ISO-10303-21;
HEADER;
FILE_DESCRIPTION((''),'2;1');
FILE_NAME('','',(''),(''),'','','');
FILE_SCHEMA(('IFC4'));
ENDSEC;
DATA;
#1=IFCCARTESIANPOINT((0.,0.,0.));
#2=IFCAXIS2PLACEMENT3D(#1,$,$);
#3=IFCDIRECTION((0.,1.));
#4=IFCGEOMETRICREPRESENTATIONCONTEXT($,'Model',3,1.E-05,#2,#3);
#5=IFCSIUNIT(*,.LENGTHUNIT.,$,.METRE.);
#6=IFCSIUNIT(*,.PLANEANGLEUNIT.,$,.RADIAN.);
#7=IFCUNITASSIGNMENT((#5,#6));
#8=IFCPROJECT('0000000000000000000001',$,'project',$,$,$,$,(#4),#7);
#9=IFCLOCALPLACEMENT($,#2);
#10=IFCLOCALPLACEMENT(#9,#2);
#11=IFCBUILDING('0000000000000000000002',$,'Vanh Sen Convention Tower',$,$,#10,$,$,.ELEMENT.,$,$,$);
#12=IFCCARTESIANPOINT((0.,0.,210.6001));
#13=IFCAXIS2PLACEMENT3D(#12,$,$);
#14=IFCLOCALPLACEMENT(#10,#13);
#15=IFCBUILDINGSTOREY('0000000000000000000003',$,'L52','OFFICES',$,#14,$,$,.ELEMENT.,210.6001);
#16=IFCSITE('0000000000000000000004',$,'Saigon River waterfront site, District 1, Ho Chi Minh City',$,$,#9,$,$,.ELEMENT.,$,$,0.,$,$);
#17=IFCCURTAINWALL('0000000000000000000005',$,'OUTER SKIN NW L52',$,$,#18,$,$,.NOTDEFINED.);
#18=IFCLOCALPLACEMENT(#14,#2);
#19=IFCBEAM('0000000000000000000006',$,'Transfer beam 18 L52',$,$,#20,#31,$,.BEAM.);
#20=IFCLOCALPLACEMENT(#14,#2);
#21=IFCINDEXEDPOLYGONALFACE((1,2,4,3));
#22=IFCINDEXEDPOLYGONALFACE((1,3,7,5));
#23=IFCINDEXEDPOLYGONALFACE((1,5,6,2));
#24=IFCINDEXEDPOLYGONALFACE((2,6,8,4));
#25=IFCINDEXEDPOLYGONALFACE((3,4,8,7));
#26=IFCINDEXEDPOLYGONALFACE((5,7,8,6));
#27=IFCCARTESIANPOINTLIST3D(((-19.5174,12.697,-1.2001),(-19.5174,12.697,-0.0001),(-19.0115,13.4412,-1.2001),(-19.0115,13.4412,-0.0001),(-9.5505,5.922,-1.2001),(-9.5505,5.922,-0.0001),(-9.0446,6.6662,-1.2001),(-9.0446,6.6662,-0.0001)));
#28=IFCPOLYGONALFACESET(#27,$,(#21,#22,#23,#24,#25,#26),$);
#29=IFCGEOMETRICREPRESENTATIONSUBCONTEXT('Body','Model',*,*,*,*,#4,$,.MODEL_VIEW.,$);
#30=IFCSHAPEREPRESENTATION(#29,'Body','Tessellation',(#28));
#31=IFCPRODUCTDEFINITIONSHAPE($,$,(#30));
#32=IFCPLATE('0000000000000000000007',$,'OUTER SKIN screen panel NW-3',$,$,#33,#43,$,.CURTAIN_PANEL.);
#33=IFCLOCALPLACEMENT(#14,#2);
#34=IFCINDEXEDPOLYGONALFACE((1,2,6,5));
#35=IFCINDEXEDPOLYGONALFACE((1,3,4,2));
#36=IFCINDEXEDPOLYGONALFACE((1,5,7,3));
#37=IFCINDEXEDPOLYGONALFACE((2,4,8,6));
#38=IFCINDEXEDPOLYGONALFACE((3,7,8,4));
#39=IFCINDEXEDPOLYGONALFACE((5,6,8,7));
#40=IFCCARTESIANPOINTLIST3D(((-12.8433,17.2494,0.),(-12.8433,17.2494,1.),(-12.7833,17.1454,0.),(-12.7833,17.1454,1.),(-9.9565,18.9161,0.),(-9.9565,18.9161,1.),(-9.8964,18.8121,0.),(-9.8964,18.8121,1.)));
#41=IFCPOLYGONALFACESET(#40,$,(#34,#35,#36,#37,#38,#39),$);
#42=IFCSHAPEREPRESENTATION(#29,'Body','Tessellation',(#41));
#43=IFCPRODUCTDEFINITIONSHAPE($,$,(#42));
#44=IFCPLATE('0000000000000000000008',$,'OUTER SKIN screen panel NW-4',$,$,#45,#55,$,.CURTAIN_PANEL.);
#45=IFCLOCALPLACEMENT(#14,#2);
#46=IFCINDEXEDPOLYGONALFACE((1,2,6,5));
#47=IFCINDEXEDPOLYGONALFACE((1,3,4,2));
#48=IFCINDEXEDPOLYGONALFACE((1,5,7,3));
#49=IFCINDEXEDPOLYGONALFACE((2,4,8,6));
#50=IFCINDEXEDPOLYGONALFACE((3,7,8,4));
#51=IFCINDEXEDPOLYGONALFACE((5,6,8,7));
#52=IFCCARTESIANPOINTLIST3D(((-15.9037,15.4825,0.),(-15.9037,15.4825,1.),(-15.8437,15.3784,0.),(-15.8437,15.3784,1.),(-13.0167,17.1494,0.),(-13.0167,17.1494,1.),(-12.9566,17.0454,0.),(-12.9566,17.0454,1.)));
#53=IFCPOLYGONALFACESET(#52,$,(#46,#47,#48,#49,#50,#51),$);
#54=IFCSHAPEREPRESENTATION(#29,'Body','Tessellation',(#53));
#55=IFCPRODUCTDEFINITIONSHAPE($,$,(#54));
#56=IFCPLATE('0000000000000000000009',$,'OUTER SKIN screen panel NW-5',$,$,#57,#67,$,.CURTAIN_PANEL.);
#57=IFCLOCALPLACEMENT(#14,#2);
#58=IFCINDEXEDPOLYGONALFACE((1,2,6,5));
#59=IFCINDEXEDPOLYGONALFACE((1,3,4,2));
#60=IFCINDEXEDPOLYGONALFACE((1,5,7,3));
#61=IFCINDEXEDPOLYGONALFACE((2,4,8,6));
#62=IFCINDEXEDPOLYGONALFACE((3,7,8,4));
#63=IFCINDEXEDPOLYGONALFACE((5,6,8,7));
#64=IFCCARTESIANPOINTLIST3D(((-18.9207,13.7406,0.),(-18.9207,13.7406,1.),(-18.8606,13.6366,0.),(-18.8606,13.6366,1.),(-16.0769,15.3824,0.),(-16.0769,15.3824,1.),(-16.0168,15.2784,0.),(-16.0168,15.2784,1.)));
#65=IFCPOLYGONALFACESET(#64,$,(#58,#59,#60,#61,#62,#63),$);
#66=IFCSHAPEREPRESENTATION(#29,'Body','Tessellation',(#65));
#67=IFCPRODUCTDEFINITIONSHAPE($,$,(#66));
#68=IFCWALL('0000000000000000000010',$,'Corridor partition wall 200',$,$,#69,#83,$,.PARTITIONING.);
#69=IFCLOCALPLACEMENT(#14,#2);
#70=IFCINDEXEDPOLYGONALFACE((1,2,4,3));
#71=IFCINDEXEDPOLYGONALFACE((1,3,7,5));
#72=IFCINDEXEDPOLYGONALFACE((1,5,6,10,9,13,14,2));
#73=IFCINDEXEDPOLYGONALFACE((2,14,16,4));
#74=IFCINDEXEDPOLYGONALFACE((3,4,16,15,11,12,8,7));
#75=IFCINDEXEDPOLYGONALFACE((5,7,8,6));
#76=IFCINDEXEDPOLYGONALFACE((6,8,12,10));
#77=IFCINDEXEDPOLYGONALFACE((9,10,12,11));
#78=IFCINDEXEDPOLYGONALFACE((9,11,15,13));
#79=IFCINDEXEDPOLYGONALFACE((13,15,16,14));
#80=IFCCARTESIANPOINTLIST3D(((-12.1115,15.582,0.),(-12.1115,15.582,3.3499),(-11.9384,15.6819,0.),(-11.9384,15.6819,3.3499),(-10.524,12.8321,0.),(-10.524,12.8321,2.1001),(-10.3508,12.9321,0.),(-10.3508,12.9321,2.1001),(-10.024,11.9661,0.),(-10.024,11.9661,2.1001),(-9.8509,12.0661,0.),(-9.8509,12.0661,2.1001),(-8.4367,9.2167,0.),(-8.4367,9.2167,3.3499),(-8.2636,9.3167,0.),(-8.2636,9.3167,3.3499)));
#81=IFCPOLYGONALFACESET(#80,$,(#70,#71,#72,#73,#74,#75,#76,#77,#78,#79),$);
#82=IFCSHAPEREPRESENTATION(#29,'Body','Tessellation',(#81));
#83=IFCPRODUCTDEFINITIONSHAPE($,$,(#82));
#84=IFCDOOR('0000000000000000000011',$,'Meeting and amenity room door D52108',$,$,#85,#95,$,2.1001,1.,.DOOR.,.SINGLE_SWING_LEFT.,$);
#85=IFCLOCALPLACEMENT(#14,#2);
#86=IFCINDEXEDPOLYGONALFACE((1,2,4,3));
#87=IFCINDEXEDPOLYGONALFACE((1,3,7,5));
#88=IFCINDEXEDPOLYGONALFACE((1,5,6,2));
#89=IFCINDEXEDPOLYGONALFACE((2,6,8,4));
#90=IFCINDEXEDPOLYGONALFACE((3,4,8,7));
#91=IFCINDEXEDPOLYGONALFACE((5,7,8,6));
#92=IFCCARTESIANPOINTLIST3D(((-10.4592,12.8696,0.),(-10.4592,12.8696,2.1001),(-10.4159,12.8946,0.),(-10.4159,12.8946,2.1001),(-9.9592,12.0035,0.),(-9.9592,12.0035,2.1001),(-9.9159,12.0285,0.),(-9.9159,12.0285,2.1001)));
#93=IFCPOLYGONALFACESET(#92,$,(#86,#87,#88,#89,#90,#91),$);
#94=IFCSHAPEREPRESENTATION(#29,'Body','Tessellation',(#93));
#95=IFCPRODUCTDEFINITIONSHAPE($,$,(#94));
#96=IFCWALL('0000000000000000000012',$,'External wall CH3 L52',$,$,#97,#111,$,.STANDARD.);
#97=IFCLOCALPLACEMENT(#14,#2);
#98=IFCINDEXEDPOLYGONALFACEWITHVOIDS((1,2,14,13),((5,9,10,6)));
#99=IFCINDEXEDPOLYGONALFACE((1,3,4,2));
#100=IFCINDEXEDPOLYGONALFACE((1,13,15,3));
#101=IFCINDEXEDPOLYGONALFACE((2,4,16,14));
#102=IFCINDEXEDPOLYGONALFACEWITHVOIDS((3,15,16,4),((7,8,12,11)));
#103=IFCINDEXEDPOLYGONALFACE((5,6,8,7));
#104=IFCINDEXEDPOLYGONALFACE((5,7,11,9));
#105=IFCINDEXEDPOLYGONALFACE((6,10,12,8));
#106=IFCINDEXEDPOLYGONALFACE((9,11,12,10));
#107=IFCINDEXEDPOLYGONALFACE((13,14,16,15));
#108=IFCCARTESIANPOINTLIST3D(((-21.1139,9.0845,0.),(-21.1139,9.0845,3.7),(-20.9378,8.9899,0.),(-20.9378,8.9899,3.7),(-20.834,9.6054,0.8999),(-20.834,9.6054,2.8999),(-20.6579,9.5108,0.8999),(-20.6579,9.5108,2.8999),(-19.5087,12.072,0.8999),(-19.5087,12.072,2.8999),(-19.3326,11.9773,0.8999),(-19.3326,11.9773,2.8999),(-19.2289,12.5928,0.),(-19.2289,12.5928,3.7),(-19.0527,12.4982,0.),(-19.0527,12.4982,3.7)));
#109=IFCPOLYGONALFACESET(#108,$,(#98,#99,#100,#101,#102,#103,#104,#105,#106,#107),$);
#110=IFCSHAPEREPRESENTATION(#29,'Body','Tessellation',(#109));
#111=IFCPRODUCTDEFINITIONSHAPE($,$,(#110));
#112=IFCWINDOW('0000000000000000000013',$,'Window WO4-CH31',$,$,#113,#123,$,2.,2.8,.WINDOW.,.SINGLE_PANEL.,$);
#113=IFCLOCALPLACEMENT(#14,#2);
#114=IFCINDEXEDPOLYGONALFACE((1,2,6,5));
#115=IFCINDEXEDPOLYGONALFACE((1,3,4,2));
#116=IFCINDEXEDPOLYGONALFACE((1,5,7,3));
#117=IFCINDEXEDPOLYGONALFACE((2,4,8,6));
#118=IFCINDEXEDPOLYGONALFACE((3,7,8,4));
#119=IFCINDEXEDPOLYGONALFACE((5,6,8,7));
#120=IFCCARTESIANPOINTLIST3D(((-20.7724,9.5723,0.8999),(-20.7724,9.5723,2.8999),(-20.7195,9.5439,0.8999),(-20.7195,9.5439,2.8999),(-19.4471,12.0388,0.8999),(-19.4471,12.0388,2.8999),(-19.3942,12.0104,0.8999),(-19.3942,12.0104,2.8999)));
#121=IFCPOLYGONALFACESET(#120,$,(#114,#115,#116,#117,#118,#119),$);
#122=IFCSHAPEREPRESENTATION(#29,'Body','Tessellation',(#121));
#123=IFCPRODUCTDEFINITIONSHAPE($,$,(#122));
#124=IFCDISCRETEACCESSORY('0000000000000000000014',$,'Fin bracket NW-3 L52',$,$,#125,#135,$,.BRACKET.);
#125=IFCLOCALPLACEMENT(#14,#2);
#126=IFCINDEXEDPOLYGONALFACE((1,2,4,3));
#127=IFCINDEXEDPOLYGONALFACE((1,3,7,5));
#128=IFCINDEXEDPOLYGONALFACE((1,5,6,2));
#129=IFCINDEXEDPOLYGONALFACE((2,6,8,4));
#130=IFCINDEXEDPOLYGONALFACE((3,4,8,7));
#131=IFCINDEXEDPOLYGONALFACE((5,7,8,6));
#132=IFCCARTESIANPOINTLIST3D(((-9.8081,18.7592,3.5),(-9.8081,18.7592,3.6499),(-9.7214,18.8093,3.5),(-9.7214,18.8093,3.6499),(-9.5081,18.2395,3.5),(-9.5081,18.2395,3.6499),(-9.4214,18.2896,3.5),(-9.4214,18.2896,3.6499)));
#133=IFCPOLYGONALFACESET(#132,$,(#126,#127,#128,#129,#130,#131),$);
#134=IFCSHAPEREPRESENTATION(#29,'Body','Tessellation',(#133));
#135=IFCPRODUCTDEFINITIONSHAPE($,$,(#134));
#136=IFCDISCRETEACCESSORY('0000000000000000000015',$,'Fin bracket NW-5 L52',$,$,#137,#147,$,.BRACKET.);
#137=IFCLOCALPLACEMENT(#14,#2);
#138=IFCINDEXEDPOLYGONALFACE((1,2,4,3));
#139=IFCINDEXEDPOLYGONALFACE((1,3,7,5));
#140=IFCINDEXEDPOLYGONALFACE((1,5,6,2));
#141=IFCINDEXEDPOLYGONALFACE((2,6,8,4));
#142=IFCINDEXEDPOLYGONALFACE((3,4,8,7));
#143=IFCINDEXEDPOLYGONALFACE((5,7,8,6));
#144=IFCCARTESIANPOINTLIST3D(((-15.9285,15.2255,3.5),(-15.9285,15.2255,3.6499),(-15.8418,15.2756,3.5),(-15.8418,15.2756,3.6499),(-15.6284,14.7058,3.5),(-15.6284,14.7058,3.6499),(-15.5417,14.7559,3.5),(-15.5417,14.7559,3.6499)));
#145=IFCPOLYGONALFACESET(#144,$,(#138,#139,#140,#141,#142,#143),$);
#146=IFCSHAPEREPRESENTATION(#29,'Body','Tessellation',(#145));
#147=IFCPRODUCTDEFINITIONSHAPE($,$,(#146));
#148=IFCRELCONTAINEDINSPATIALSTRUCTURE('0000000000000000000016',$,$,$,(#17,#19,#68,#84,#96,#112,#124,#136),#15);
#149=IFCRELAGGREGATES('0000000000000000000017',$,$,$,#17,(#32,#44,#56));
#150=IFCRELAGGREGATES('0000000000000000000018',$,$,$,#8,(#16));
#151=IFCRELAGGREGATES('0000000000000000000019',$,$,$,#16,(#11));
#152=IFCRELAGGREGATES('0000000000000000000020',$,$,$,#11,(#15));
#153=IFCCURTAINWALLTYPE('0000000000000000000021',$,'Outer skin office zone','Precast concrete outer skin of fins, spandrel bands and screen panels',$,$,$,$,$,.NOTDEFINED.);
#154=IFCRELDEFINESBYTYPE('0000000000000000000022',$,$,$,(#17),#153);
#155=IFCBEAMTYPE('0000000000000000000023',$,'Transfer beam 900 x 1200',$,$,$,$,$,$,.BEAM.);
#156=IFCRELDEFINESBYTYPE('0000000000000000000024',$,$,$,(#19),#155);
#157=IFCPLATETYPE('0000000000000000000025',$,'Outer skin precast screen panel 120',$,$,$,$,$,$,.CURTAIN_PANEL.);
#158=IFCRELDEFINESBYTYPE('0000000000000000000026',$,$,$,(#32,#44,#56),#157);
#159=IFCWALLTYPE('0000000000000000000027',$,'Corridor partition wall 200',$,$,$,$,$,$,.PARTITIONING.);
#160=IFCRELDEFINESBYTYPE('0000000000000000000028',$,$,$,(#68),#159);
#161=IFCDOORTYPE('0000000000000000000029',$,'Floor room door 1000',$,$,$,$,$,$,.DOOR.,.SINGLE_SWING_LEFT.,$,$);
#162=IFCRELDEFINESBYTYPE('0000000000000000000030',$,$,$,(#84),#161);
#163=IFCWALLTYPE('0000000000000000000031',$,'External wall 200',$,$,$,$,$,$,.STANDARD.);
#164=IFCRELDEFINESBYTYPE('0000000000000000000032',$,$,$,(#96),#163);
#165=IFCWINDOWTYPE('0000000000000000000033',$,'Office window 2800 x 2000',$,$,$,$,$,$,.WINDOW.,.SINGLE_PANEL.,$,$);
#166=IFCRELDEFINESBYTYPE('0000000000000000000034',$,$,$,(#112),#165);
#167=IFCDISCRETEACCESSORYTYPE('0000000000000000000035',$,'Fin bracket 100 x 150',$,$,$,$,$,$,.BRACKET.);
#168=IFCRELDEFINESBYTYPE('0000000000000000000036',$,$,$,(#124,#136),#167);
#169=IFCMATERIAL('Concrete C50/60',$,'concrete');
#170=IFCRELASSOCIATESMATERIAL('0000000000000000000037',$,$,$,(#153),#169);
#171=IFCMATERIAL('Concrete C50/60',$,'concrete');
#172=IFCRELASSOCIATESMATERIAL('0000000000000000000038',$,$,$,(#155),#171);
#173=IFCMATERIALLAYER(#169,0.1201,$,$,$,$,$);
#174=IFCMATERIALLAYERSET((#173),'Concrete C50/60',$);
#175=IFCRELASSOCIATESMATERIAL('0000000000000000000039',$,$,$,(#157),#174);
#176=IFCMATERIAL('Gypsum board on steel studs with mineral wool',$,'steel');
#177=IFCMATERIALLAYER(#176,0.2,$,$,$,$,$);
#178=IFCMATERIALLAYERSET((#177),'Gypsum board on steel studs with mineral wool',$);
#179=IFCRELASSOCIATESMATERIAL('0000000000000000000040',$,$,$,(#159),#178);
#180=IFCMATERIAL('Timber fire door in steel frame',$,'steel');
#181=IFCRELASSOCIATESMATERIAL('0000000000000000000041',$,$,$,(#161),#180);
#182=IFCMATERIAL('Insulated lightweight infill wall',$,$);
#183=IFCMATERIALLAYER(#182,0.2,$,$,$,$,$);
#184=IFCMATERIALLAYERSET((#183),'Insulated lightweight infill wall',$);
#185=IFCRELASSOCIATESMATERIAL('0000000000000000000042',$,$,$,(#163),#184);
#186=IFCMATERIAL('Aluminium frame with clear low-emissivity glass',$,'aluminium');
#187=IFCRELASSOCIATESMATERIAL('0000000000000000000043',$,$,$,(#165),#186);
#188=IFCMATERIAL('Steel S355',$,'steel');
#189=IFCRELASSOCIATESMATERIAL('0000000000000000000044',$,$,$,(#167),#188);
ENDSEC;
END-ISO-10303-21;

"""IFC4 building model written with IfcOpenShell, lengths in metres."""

from ifc_helpers import new_model, si_unit, direction, frame, frame_2d, origin, origin_2d, place, context, subcontext, project, spatial, rectangle, extrude, material, layer, layer_set, material_profile, profile_set, type_object, element, fill, aggregate, save


model = new_model("IFC4")

# Units and contexts
model_context = context("Model", 3, precision=1e-05, world=origin(), true_north=direction((0.0, 1.0)))
body_context = subcontext(model_context, "Body", "Model", "MODEL_VIEW")
ifc_project = project(units=[si_unit("LENGTHUNIT", "METRE"), si_unit("PLANEANGLEUNIT", "RADIAN")], contexts=[model_context])

# Site, building, storey
site_placement = place(None, origin())
site = spatial("IfcSite", under=ifc_project, at=site_placement, Name="Saigon River waterfront site, District 1, Ho Chi Minh City", CompositionType="ELEMENT", RefElevation=0.0)
building_placement = place(site_placement, origin())
building = spatial("IfcBuilding", under=site, at=building_placement, Name="Vanh Sen Convention Tower", CompositionType="ELEMENT")
storey_placement = place(building_placement, frame((0.0, 0.0, 210.6001)))
storey = spatial("IfcBuildingStorey", under=building, at=storey_placement, Name="L52", Description="OFFICES", CompositionType="ELEMENT", Elevation=210.6001)

# Curtain wall
ifc_material_1 = material(Name="Concrete C50/60", Category="concrete")
curtain_wall_type = type_object("IfcCurtainWallType", Name="Outer skin office zone", Description="Precast concrete outer skin of fins, spandrel bands and screen panels", PredefinedType="NOTDEFINED", material=ifc_material_1)
curtain_wall_1_placement = place(storey_placement, origin())
curtain_wall_1 = element("IfcCurtainWall", 1, at=curtain_wall_1_placement, inside=storey, type_object=curtain_wall_type, Name="OUTER SKIN NW L52", PredefinedType="NOTDEFINED")

# Beam
ifc_material_2 = material(Name="Concrete C50/60", Category="concrete")
ifc_material_profile_1 = material_profile(ifc_material_2, rectangle(XDim=0.8999, YDim=1.2, at=origin_2d()), Name="RC 900X1200")
ifc_profile_set_1 = profile_set([ifc_material_profile_1], Name="Concrete C50/60")
beam_type_1 = type_object("IfcBeamType", Name="Transfer beam 900 x 1200", PredefinedType="BEAM", material=ifc_profile_set_1)
beam_1_placement = place(storey_placement, frame((-19.2644, 13.0691, -0.6001), z_axis=(0.827024, -0.562167, 0.0), x_axis=(0.562167, 0.827024, 0.0)))
element("IfcBeam", 2, at=beam_1_placement, inside=storey, type_object=beam_type_1, Name="Transfer beam 18 L52", PredefinedType="BEAM", context=body_context, shape_type="SweptSolid", body=[
    extrude(rectangle(XDim=0.8999, YDim=1.2, at=origin_2d()), origin(), (0.0, 0.0, 1.0), 12.0515),
])

# Plates
ifc_layer_1 = layer(ifc_material_1, 0.1201)
ifc_layer_set_1 = layer_set([ifc_layer_1], Name="Concrete C50/60")
plate_type = type_object("IfcPlateType", Name="Outer skin precast screen panel 120", PredefinedType="CURTAIN_PANEL", material=ifc_layer_set_1)
plate_1_placement = place(storey_placement, frame((-11.3699, 18.0308, 0.0), z_axis=(0.0, 0.0, 1.0), x_axis=(-0.866026, -0.499998, 0.0)))
plate_1 = element("IfcPlate", 3, at=plate_1_placement, type_object=plate_type, Name="OUTER SKIN screen panel NW-3", PredefinedType="CURTAIN_PANEL", context=body_context, shape_type="SweptSolid", body=[
    extrude(rectangle(XDim=3.3335, YDim=0.1201, at=origin_2d()), origin(), (0.0, 0.0, 1.0), 1.0),
])
plate_2_placement = place(storey_placement, frame((-14.4302, 16.2639, 0.0), z_axis=(0.0, 0.0, 1.0), x_axis=(-0.866014, -0.50002, 0.0)))
plate_2 = element("IfcPlate", 4, at=plate_2_placement, type_object=plate_type, Name="OUTER SKIN screen panel NW-4", PredefinedType="CURTAIN_PANEL", context=body_context, shape_type="SweptSolid", body=[
    extrude(rectangle(XDim=3.3337, YDim=0.1201, at=origin_2d()), origin(), (0.0, 0.0, 1.0), 1.0),
])
plate_3_placement = place(storey_placement, frame((-17.4688, 14.5095, 0.0), z_axis=(0.0, 0.0, 1.0), x_axis=(-0.866033, -0.499986, 0.0)))
plate_3 = element("IfcPlate", 5, at=plate_3_placement, type_object=plate_type, Name="OUTER SKIN screen panel NW-5", PredefinedType="CURTAIN_PANEL", context=body_context, shape_type="SweptSolid", body=[
    extrude(rectangle(XDim=3.2837, YDim=0.1201, at=origin_2d()), origin(), (0.0, 0.0, 1.0), 1.0),
])
aggregate(curtain_wall_1, [plate_1, plate_2, plate_3])

# Wall, opening, door
ifc_material_3 = material(Name="Gypsum board on steel studs with mineral wool", Category="steel")
ifc_layer_2 = layer(ifc_material_3, 0.2)
ifc_layer_set_2 = layer_set([ifc_layer_2], Name="Gypsum board on steel studs with mineral wool")
wall_type_1 = type_object("IfcWallType", Name="Corridor partition wall 200", PredefinedType="PARTITIONING", material=ifc_layer_set_2)
wall_1_placement = place(storey_placement, frame((-12.0249, 15.6318, 0.0), z_axis=(0.0, 0.0, 1.0), x_axis=(0.499983, -0.866035, 0.0)))
wall_1 = element("IfcWall", 6, at=wall_1_placement, inside=storey, type_object=wall_type_1, Name="Corridor partition wall 200", PredefinedType="PARTITIONING", context=body_context, shape_type="SweptSolid", body=[
    extrude(rectangle(XDim=7.3499, YDim=0.2, at=frame_2d((3.6748, 0.0))), origin(), (0.0, 0.0, 1.0), 3.3499),
])
opening_1_placement = place(wall_1_placement, frame((3.175, 0.0, 0.0)))
opening_1 = element("IfcOpeningElement", 7, at=opening_1_placement, cuts=wall_1, PredefinedType="OPENING", context=body_context, shape_type="SweptSolid", body=[
    extrude(rectangle(XDim=1.0, YDim=2.1001, at=frame_2d((0.5, 1.05))), frame((0.0, 0.1099, 0.0), z_axis=(0.0, -1.0, 0.0), x_axis=(1.0, 0.0, 0.0)), (0.0, 0.0, 1.0), 0.22),
])
ifc_material_4 = material(Name="Timber fire door in steel frame", Category="steel")
door_type = type_object("IfcDoorType", Name="Floor room door 1000", OperationType="SINGLE_SWING_LEFT", PredefinedType="DOOR", material=ifc_material_4)
door_placement = place(opening_1_placement, origin())
door = element("IfcDoor", 8, at=door_placement, inside=storey, type_object=door_type, Name="Meeting and amenity room door D52108", OperationType="SINGLE_SWING_LEFT", OverallHeight=2.1001, OverallWidth=1.0, PredefinedType="DOOR", context=body_context, shape_type="SweptSolid", body=[
    extrude(rectangle(XDim=1.0, YDim=2.1001, at=frame_2d((0.5, 1.05))), frame((0.0, 0.0249, 0.0), z_axis=(0.0, -1.0, 0.0), x_axis=(1.0, 0.0, 0.0)), (0.0, 0.0, 1.0), 0.05),
])
fill(opening_1, door)

# Wall, opening, window
ifc_material_5 = material(Name="Insulated lightweight infill wall")
ifc_layer_3 = layer(ifc_material_5, 0.2)
ifc_layer_set_3 = layer_set([ifc_layer_3], Name="Insulated lightweight infill wall")
wall_type_2 = type_object("IfcWallType", Name="External wall 200", PredefinedType="STANDARD", material=ifc_layer_set_3)
wall_2_placement = place(storey_placement, frame((-19.1409, 12.5454, 0.0), z_axis=(0.0, 0.0, 1.0), x_axis=(-0.473306, -0.880898, 0.0)))
wall_2 = element("IfcWall", 9, at=wall_2_placement, inside=storey, type_object=wall_type_2, Name="External wall CH3 L52", PredefinedType="STANDARD", context=body_context, shape_type="SweptSolid", body=[
    extrude(rectangle(XDim=3.9827, YDim=0.2, at=frame_2d((1.9912, 0.0))), origin(), (0.0, 0.0, 1.0), 3.7),
])
opening_2_placement = place(wall_2_placement, frame((0.5913, 0.0, 0.8999)))
opening_2 = element("IfcOpeningElement", 10, at=opening_2_placement, cuts=wall_2, PredefinedType="OPENING", context=body_context, shape_type="SweptSolid", body=[
    extrude(rectangle(XDim=2.8, YDim=2.0, at=frame_2d((1.3999, 1.0))), frame((0.0, 0.1099, 0.0), z_axis=(0.0, -1.0, 0.0), x_axis=(1.0, 0.0, 0.0)), (0.0, 0.0, 1.0), 0.22),
])
ifc_material_6 = material(Name="Aluminium frame with clear low-emissivity glass", Category="aluminium")
window_type = type_object("IfcWindowType", Name="Office window 2800 x 2000", PartitioningType="SINGLE_PANEL", PredefinedType="WINDOW", material=ifc_material_6)
window_placement = place(opening_2_placement, origin())
window = element("IfcWindow", 11, at=window_placement, inside=storey, type_object=window_type, Name="Window WO4-CH31", OverallHeight=2.0, OverallWidth=2.8, PartitioningType="SINGLE_PANEL", PredefinedType="WINDOW", context=body_context, shape_type="SweptSolid", body=[
    extrude(rectangle(XDim=2.8, YDim=2.0, at=frame_2d((1.3999, 1.0))), frame((0.0, 0.03, 0.0), z_axis=(0.0, -1.0, 0.0), x_axis=(1.0, 0.0, 0.0)), (0.0, 0.0, 1.0), 0.0601),
])
fill(opening_2, window)

# Discrete accessories
ifc_material_7 = material(Name="Steel S355", Category="steel")
discrete_accessory_type = type_object("IfcDiscreteAccessoryType", Name="Fin bracket 100 x 150", PredefinedType="BRACKET", material=ifc_material_7)
for number, where, z_axis, x_axis, name in (
    (12, (-9.6147, 18.5244, 3.5), (0.0, 0.0, 1.0), (-0.5, 0.866025, 0.0), "Fin bracket NW-3 L52"),
    (13, (-15.7351, 14.9907, 3.5), (0.0, 0.0, 1.0), (-0.5, 0.866025, 0.0), "Fin bracket NW-5 L52"),
):
    element("IfcDiscreteAccessory", number, at=place(storey_placement, frame(where, z_axis=z_axis, x_axis=x_axis)), inside=storey, type_object=discrete_accessory_type, Name=name, PredefinedType="BRACKET", context=body_context, shape_type="SweptSolid", body=[
        extrude(rectangle(XDim=0.6001, YDim=0.1001, at=origin_2d()), origin(), (0.0, 0.0, 1.0), 0.1499),
    ])

save(model, "model.ifc")
